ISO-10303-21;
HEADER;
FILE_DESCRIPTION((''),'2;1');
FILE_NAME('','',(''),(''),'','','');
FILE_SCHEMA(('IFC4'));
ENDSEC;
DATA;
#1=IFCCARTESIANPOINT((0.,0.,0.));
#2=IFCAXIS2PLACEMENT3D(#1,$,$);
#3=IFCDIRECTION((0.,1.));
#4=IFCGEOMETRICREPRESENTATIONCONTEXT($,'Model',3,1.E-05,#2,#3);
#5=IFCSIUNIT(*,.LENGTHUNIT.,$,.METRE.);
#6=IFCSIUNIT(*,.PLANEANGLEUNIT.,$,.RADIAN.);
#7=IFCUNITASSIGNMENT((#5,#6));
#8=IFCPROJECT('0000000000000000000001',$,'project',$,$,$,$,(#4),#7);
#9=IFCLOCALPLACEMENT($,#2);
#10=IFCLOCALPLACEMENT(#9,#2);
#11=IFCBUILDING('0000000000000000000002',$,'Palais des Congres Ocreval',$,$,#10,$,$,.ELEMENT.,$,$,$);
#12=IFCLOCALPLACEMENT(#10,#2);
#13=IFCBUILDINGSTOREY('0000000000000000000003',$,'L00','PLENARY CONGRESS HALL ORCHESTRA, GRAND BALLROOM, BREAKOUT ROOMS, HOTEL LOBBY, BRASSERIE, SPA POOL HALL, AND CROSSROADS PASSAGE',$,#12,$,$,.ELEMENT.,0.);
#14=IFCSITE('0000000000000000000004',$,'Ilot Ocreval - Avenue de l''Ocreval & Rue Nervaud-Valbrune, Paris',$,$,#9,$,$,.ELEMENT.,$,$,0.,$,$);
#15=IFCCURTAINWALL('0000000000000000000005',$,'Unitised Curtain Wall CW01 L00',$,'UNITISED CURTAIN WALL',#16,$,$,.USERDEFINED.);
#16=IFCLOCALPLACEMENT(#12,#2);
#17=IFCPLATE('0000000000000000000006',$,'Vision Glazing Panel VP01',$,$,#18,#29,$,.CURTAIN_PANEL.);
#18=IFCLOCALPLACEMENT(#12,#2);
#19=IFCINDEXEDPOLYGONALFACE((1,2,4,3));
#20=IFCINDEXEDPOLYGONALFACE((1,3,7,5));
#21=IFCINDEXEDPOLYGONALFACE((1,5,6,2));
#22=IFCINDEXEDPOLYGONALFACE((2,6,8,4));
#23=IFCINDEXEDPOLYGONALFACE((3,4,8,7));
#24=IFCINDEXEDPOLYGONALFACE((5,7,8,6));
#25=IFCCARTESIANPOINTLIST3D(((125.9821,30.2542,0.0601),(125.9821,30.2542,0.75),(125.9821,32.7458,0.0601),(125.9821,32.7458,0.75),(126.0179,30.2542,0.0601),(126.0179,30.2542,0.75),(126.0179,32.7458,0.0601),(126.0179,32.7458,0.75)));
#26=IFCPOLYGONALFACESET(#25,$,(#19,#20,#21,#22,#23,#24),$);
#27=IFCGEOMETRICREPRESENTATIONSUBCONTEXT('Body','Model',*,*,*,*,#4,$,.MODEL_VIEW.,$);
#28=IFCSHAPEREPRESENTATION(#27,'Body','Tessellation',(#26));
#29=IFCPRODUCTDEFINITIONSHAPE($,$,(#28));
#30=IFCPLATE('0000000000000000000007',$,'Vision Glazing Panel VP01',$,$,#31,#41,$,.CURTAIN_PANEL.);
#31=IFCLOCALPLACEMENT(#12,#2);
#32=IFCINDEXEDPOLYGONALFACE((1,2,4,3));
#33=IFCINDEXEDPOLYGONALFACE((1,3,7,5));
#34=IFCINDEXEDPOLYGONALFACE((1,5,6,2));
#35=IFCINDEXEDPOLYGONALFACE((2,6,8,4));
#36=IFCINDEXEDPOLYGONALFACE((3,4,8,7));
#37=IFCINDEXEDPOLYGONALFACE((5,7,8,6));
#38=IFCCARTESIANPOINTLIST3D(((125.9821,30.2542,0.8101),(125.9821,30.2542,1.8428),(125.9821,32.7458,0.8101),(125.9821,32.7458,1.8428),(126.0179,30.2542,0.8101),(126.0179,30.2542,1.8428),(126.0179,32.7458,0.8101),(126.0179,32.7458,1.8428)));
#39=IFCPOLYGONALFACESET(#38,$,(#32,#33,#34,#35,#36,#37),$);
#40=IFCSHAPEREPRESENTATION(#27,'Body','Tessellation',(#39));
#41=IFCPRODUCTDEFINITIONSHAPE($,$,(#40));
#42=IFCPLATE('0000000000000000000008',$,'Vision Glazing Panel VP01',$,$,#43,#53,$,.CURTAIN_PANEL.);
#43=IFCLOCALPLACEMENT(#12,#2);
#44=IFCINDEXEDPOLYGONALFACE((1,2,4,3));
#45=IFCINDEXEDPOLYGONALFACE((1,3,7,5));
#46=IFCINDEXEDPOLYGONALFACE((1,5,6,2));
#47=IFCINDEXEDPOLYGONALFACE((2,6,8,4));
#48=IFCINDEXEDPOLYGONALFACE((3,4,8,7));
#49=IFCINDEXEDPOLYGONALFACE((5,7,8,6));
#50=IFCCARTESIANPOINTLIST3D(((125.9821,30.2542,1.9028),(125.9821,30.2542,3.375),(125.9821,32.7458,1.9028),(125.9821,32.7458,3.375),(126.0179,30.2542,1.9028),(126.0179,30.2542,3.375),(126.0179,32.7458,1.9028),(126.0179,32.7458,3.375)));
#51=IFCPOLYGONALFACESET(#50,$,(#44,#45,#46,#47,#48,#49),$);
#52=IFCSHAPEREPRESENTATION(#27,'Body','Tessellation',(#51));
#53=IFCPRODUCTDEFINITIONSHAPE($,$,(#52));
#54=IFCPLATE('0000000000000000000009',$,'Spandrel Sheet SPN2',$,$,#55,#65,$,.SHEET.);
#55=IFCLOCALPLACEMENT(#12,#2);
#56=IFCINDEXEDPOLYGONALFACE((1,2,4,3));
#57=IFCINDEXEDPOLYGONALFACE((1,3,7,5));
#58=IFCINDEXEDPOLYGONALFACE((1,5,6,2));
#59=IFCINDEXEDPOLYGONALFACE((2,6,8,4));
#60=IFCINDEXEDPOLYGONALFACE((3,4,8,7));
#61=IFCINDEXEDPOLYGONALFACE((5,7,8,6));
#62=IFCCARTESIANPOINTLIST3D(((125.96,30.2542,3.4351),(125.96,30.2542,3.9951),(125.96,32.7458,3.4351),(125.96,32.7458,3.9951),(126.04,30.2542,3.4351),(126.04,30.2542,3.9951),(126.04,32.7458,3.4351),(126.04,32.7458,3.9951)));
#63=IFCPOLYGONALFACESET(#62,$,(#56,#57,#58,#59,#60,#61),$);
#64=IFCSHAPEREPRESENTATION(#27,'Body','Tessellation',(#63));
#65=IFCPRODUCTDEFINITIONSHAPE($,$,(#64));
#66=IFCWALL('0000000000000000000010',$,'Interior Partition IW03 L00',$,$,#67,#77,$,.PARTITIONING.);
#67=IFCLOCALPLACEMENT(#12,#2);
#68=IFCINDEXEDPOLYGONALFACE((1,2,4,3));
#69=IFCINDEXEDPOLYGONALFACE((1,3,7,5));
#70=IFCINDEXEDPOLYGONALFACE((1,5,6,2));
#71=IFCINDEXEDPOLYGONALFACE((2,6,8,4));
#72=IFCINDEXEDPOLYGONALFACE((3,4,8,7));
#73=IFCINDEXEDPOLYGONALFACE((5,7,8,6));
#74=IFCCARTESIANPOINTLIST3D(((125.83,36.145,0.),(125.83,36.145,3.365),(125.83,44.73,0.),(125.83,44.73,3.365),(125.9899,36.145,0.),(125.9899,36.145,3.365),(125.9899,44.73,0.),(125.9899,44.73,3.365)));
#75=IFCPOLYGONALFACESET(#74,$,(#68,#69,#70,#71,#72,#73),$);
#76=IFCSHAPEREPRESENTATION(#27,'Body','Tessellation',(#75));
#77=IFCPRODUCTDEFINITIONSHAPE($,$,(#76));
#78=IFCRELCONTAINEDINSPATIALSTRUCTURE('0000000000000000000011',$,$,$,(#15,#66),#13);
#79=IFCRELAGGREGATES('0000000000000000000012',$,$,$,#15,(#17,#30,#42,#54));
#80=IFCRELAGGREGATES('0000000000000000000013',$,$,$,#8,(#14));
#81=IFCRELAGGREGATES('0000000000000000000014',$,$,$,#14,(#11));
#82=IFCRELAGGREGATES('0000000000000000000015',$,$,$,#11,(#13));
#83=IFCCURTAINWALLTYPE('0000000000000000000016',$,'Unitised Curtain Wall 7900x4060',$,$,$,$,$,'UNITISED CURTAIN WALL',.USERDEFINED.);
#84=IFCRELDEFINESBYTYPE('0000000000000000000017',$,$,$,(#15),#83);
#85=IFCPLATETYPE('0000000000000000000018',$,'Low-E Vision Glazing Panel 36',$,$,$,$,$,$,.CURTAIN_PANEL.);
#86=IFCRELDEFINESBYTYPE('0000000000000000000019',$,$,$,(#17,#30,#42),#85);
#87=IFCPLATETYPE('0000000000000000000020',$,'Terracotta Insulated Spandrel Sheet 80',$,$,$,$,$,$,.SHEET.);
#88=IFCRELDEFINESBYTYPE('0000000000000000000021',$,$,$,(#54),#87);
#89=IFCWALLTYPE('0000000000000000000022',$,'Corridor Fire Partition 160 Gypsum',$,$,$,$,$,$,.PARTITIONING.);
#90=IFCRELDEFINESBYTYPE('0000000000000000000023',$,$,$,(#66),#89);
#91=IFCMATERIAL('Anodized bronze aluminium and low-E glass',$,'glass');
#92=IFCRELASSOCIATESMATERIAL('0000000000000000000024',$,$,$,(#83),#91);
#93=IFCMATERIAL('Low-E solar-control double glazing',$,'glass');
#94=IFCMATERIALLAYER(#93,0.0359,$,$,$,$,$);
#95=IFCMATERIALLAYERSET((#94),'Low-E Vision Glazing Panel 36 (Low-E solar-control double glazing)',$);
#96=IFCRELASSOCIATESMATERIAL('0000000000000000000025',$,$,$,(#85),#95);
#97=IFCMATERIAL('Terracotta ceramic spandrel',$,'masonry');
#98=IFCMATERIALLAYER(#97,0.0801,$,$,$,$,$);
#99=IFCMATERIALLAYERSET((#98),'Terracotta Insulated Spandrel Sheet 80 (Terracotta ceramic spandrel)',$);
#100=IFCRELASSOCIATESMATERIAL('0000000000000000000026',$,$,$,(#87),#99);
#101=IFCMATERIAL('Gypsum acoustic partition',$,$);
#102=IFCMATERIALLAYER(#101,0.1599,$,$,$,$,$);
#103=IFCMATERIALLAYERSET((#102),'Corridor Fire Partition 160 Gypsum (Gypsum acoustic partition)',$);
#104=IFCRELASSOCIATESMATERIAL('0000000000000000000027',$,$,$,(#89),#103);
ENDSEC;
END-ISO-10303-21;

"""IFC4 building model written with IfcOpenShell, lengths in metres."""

from ifc_helpers import new_model, si_unit, direction, frame, frame_2d, origin, origin_2d, place, context, subcontext, project, spatial, rectangle, extrude, material, layer, layer_set, type_object, element, aggregate, save


model = new_model("IFC4")

# Units and contexts
model_context = context("Model", 3, precision=1e-05, world=origin(), true_north=direction((0.0, 1.0)))
body_context = subcontext(model_context, "Body", "Model", "MODEL_VIEW")
ifc_project = project(units=[si_unit("LENGTHUNIT", "METRE"), si_unit("PLANEANGLEUNIT", "RADIAN")], contexts=[model_context])

# Site, building, storey
site_placement = place(None, origin())
site = spatial("IfcSite", under=ifc_project, at=site_placement, Name="Ilot Ocreval - Avenue de l'Ocreval & Rue Nervaud-Valbrune, Paris", CompositionType="ELEMENT", RefElevation=0.0)
building_placement = place(site_placement, origin())
building = spatial("IfcBuilding", under=site, at=building_placement, Name="Palais des Congres Ocreval", CompositionType="ELEMENT")
storey_placement = place(building_placement, origin())
storey = spatial("IfcBuildingStorey", under=building, at=storey_placement, Name="L00", Description="PLENARY CONGRESS HALL ORCHESTRA, GRAND BALLROOM, BREAKOUT ROOMS, HOTEL LOBBY, BRASSERIE, SPA POOL HALL, AND CROSSROADS PASSAGE", CompositionType="ELEMENT", Elevation=0.0)

# Curtain wall
ifc_material_1 = material(Name="Anodized bronze aluminium and low-E glass", Category="glass")
curtain_wall_type = type_object("IfcCurtainWallType", Name="Unitised Curtain Wall 7900x4060", ElementType="UNITISED CURTAIN WALL", PredefinedType="USERDEFINED", material=ifc_material_1)
curtain_wall_placement = place(storey_placement, origin())
curtain_wall = element("IfcCurtainWall", 1, at=curtain_wall_placement, inside=storey, type_object=curtain_wall_type, Name="Unitised Curtain Wall CW01 L00", ObjectType="UNITISED CURTAIN WALL", PredefinedType="USERDEFINED")

# Plates
ifc_material_2 = material(Name="Low-E solar-control double glazing", Category="glass")
ifc_layer_1 = layer(ifc_material_2, 0.0359)
ifc_layer_set_1 = layer_set([ifc_layer_1], Name="Low-E Vision Glazing Panel 36 (Low-E solar-control double glazing)")
plate_type_1 = type_object("IfcPlateType", Name="Low-E Vision Glazing Panel 36", PredefinedType="CURTAIN_PANEL", material=ifc_layer_set_1)
plate_1_placement = place(storey_placement, frame((126.0, 31.5, 0.0601), z_axis=(0.0, 0.0, 1.0), x_axis=(0.0, -1.0, 0.0)))
plate_1 = element("IfcPlate", 2, at=plate_1_placement, type_object=plate_type_1, Name="Vision Glazing Panel VP01", PredefinedType="CURTAIN_PANEL", context=body_context, shape_type="SweptSolid", body=[
    extrude(rectangle(XDim=2.4917, YDim=0.0359, at=origin_2d()), origin(), (0.0, 0.0, 1.0), 0.6899),
])
plate_2_placement = place(storey_placement, frame((126.0, 31.5, 0.8101), z_axis=(0.0, 0.0, 1.0), x_axis=(0.0, -1.0, 0.0)))
plate_2 = element("IfcPlate", 3, at=plate_2_placement, type_object=plate_type_1, Name="Vision Glazing Panel VP01", PredefinedType="CURTAIN_PANEL", context=body_context, shape_type="SweptSolid", body=[
    extrude(rectangle(XDim=2.4917, YDim=0.0359, at=origin_2d()), origin(), (0.0, 0.0, 1.0), 1.0327),
])
plate_3_placement = place(storey_placement, frame((126.0, 31.5, 1.9028), z_axis=(0.0, 0.0, 1.0), x_axis=(0.0, -1.0, 0.0)))
plate_3 = element("IfcPlate", 4, at=plate_3_placement, type_object=plate_type_1, Name="Vision Glazing Panel VP01", PredefinedType="CURTAIN_PANEL", context=body_context, shape_type="SweptSolid", body=[
    extrude(rectangle(XDim=2.4917, YDim=0.0359, at=origin_2d()), origin(), (0.0, 0.0, 1.0), 1.4722),
])
ifc_material_3 = material(Name="Terracotta ceramic spandrel", Category="masonry")
ifc_layer_2 = layer(ifc_material_3, 0.0801)
ifc_layer_set_2 = layer_set([ifc_layer_2], Name="Terracotta Insulated Spandrel Sheet 80 (Terracotta ceramic spandrel)")
plate_type_2 = type_object("IfcPlateType", Name="Terracotta Insulated Spandrel Sheet 80", PredefinedType="SHEET", material=ifc_layer_set_2)
plate_4_placement = place(storey_placement, frame((126.0, 31.5, 3.4351), z_axis=(0.0, 0.0, 1.0), x_axis=(0.0, -1.0, 0.0)))
plate_4 = element("IfcPlate", 5, at=plate_4_placement, type_object=plate_type_2, Name="Spandrel Sheet SPN2", PredefinedType="SHEET", context=body_context, shape_type="SweptSolid", body=[
    extrude(rectangle(XDim=2.4917, YDim=0.0801, at=origin_2d()), origin(), (0.0, 0.0, 1.0), 0.5601),
])
aggregate(curtain_wall, [plate_1, plate_2, plate_3, plate_4])

# Wall
ifc_material_4 = material(Name="Gypsum acoustic partition")
ifc_layer_3 = layer(ifc_material_4, 0.1599)
ifc_layer_set_3 = layer_set([ifc_layer_3], Name="Corridor Fire Partition 160 Gypsum (Gypsum acoustic partition)")
wall_type = type_object("IfcWallType", Name="Corridor Fire Partition 160 Gypsum", PredefinedType="PARTITIONING", material=ifc_layer_set_3)
wall_placement = place(storey_placement, frame((125.9099, 36.145, 0.0), z_axis=(0.0, 0.0, 1.0), x_axis=(0.0, 1.0, 0.0)))
element("IfcWall", 6, at=wall_placement, inside=storey, type_object=wall_type, Name="Interior Partition IW03 L00", PredefinedType="PARTITIONING", context=body_context, shape_type="SweptSolid", body=[
    extrude(rectangle(XDim=8.585, YDim=0.1599, at=frame_2d((4.2925, 0.0))), origin(), (0.0, 0.0, 1.0), 3.365),
])

save(model, "model.ifc")
